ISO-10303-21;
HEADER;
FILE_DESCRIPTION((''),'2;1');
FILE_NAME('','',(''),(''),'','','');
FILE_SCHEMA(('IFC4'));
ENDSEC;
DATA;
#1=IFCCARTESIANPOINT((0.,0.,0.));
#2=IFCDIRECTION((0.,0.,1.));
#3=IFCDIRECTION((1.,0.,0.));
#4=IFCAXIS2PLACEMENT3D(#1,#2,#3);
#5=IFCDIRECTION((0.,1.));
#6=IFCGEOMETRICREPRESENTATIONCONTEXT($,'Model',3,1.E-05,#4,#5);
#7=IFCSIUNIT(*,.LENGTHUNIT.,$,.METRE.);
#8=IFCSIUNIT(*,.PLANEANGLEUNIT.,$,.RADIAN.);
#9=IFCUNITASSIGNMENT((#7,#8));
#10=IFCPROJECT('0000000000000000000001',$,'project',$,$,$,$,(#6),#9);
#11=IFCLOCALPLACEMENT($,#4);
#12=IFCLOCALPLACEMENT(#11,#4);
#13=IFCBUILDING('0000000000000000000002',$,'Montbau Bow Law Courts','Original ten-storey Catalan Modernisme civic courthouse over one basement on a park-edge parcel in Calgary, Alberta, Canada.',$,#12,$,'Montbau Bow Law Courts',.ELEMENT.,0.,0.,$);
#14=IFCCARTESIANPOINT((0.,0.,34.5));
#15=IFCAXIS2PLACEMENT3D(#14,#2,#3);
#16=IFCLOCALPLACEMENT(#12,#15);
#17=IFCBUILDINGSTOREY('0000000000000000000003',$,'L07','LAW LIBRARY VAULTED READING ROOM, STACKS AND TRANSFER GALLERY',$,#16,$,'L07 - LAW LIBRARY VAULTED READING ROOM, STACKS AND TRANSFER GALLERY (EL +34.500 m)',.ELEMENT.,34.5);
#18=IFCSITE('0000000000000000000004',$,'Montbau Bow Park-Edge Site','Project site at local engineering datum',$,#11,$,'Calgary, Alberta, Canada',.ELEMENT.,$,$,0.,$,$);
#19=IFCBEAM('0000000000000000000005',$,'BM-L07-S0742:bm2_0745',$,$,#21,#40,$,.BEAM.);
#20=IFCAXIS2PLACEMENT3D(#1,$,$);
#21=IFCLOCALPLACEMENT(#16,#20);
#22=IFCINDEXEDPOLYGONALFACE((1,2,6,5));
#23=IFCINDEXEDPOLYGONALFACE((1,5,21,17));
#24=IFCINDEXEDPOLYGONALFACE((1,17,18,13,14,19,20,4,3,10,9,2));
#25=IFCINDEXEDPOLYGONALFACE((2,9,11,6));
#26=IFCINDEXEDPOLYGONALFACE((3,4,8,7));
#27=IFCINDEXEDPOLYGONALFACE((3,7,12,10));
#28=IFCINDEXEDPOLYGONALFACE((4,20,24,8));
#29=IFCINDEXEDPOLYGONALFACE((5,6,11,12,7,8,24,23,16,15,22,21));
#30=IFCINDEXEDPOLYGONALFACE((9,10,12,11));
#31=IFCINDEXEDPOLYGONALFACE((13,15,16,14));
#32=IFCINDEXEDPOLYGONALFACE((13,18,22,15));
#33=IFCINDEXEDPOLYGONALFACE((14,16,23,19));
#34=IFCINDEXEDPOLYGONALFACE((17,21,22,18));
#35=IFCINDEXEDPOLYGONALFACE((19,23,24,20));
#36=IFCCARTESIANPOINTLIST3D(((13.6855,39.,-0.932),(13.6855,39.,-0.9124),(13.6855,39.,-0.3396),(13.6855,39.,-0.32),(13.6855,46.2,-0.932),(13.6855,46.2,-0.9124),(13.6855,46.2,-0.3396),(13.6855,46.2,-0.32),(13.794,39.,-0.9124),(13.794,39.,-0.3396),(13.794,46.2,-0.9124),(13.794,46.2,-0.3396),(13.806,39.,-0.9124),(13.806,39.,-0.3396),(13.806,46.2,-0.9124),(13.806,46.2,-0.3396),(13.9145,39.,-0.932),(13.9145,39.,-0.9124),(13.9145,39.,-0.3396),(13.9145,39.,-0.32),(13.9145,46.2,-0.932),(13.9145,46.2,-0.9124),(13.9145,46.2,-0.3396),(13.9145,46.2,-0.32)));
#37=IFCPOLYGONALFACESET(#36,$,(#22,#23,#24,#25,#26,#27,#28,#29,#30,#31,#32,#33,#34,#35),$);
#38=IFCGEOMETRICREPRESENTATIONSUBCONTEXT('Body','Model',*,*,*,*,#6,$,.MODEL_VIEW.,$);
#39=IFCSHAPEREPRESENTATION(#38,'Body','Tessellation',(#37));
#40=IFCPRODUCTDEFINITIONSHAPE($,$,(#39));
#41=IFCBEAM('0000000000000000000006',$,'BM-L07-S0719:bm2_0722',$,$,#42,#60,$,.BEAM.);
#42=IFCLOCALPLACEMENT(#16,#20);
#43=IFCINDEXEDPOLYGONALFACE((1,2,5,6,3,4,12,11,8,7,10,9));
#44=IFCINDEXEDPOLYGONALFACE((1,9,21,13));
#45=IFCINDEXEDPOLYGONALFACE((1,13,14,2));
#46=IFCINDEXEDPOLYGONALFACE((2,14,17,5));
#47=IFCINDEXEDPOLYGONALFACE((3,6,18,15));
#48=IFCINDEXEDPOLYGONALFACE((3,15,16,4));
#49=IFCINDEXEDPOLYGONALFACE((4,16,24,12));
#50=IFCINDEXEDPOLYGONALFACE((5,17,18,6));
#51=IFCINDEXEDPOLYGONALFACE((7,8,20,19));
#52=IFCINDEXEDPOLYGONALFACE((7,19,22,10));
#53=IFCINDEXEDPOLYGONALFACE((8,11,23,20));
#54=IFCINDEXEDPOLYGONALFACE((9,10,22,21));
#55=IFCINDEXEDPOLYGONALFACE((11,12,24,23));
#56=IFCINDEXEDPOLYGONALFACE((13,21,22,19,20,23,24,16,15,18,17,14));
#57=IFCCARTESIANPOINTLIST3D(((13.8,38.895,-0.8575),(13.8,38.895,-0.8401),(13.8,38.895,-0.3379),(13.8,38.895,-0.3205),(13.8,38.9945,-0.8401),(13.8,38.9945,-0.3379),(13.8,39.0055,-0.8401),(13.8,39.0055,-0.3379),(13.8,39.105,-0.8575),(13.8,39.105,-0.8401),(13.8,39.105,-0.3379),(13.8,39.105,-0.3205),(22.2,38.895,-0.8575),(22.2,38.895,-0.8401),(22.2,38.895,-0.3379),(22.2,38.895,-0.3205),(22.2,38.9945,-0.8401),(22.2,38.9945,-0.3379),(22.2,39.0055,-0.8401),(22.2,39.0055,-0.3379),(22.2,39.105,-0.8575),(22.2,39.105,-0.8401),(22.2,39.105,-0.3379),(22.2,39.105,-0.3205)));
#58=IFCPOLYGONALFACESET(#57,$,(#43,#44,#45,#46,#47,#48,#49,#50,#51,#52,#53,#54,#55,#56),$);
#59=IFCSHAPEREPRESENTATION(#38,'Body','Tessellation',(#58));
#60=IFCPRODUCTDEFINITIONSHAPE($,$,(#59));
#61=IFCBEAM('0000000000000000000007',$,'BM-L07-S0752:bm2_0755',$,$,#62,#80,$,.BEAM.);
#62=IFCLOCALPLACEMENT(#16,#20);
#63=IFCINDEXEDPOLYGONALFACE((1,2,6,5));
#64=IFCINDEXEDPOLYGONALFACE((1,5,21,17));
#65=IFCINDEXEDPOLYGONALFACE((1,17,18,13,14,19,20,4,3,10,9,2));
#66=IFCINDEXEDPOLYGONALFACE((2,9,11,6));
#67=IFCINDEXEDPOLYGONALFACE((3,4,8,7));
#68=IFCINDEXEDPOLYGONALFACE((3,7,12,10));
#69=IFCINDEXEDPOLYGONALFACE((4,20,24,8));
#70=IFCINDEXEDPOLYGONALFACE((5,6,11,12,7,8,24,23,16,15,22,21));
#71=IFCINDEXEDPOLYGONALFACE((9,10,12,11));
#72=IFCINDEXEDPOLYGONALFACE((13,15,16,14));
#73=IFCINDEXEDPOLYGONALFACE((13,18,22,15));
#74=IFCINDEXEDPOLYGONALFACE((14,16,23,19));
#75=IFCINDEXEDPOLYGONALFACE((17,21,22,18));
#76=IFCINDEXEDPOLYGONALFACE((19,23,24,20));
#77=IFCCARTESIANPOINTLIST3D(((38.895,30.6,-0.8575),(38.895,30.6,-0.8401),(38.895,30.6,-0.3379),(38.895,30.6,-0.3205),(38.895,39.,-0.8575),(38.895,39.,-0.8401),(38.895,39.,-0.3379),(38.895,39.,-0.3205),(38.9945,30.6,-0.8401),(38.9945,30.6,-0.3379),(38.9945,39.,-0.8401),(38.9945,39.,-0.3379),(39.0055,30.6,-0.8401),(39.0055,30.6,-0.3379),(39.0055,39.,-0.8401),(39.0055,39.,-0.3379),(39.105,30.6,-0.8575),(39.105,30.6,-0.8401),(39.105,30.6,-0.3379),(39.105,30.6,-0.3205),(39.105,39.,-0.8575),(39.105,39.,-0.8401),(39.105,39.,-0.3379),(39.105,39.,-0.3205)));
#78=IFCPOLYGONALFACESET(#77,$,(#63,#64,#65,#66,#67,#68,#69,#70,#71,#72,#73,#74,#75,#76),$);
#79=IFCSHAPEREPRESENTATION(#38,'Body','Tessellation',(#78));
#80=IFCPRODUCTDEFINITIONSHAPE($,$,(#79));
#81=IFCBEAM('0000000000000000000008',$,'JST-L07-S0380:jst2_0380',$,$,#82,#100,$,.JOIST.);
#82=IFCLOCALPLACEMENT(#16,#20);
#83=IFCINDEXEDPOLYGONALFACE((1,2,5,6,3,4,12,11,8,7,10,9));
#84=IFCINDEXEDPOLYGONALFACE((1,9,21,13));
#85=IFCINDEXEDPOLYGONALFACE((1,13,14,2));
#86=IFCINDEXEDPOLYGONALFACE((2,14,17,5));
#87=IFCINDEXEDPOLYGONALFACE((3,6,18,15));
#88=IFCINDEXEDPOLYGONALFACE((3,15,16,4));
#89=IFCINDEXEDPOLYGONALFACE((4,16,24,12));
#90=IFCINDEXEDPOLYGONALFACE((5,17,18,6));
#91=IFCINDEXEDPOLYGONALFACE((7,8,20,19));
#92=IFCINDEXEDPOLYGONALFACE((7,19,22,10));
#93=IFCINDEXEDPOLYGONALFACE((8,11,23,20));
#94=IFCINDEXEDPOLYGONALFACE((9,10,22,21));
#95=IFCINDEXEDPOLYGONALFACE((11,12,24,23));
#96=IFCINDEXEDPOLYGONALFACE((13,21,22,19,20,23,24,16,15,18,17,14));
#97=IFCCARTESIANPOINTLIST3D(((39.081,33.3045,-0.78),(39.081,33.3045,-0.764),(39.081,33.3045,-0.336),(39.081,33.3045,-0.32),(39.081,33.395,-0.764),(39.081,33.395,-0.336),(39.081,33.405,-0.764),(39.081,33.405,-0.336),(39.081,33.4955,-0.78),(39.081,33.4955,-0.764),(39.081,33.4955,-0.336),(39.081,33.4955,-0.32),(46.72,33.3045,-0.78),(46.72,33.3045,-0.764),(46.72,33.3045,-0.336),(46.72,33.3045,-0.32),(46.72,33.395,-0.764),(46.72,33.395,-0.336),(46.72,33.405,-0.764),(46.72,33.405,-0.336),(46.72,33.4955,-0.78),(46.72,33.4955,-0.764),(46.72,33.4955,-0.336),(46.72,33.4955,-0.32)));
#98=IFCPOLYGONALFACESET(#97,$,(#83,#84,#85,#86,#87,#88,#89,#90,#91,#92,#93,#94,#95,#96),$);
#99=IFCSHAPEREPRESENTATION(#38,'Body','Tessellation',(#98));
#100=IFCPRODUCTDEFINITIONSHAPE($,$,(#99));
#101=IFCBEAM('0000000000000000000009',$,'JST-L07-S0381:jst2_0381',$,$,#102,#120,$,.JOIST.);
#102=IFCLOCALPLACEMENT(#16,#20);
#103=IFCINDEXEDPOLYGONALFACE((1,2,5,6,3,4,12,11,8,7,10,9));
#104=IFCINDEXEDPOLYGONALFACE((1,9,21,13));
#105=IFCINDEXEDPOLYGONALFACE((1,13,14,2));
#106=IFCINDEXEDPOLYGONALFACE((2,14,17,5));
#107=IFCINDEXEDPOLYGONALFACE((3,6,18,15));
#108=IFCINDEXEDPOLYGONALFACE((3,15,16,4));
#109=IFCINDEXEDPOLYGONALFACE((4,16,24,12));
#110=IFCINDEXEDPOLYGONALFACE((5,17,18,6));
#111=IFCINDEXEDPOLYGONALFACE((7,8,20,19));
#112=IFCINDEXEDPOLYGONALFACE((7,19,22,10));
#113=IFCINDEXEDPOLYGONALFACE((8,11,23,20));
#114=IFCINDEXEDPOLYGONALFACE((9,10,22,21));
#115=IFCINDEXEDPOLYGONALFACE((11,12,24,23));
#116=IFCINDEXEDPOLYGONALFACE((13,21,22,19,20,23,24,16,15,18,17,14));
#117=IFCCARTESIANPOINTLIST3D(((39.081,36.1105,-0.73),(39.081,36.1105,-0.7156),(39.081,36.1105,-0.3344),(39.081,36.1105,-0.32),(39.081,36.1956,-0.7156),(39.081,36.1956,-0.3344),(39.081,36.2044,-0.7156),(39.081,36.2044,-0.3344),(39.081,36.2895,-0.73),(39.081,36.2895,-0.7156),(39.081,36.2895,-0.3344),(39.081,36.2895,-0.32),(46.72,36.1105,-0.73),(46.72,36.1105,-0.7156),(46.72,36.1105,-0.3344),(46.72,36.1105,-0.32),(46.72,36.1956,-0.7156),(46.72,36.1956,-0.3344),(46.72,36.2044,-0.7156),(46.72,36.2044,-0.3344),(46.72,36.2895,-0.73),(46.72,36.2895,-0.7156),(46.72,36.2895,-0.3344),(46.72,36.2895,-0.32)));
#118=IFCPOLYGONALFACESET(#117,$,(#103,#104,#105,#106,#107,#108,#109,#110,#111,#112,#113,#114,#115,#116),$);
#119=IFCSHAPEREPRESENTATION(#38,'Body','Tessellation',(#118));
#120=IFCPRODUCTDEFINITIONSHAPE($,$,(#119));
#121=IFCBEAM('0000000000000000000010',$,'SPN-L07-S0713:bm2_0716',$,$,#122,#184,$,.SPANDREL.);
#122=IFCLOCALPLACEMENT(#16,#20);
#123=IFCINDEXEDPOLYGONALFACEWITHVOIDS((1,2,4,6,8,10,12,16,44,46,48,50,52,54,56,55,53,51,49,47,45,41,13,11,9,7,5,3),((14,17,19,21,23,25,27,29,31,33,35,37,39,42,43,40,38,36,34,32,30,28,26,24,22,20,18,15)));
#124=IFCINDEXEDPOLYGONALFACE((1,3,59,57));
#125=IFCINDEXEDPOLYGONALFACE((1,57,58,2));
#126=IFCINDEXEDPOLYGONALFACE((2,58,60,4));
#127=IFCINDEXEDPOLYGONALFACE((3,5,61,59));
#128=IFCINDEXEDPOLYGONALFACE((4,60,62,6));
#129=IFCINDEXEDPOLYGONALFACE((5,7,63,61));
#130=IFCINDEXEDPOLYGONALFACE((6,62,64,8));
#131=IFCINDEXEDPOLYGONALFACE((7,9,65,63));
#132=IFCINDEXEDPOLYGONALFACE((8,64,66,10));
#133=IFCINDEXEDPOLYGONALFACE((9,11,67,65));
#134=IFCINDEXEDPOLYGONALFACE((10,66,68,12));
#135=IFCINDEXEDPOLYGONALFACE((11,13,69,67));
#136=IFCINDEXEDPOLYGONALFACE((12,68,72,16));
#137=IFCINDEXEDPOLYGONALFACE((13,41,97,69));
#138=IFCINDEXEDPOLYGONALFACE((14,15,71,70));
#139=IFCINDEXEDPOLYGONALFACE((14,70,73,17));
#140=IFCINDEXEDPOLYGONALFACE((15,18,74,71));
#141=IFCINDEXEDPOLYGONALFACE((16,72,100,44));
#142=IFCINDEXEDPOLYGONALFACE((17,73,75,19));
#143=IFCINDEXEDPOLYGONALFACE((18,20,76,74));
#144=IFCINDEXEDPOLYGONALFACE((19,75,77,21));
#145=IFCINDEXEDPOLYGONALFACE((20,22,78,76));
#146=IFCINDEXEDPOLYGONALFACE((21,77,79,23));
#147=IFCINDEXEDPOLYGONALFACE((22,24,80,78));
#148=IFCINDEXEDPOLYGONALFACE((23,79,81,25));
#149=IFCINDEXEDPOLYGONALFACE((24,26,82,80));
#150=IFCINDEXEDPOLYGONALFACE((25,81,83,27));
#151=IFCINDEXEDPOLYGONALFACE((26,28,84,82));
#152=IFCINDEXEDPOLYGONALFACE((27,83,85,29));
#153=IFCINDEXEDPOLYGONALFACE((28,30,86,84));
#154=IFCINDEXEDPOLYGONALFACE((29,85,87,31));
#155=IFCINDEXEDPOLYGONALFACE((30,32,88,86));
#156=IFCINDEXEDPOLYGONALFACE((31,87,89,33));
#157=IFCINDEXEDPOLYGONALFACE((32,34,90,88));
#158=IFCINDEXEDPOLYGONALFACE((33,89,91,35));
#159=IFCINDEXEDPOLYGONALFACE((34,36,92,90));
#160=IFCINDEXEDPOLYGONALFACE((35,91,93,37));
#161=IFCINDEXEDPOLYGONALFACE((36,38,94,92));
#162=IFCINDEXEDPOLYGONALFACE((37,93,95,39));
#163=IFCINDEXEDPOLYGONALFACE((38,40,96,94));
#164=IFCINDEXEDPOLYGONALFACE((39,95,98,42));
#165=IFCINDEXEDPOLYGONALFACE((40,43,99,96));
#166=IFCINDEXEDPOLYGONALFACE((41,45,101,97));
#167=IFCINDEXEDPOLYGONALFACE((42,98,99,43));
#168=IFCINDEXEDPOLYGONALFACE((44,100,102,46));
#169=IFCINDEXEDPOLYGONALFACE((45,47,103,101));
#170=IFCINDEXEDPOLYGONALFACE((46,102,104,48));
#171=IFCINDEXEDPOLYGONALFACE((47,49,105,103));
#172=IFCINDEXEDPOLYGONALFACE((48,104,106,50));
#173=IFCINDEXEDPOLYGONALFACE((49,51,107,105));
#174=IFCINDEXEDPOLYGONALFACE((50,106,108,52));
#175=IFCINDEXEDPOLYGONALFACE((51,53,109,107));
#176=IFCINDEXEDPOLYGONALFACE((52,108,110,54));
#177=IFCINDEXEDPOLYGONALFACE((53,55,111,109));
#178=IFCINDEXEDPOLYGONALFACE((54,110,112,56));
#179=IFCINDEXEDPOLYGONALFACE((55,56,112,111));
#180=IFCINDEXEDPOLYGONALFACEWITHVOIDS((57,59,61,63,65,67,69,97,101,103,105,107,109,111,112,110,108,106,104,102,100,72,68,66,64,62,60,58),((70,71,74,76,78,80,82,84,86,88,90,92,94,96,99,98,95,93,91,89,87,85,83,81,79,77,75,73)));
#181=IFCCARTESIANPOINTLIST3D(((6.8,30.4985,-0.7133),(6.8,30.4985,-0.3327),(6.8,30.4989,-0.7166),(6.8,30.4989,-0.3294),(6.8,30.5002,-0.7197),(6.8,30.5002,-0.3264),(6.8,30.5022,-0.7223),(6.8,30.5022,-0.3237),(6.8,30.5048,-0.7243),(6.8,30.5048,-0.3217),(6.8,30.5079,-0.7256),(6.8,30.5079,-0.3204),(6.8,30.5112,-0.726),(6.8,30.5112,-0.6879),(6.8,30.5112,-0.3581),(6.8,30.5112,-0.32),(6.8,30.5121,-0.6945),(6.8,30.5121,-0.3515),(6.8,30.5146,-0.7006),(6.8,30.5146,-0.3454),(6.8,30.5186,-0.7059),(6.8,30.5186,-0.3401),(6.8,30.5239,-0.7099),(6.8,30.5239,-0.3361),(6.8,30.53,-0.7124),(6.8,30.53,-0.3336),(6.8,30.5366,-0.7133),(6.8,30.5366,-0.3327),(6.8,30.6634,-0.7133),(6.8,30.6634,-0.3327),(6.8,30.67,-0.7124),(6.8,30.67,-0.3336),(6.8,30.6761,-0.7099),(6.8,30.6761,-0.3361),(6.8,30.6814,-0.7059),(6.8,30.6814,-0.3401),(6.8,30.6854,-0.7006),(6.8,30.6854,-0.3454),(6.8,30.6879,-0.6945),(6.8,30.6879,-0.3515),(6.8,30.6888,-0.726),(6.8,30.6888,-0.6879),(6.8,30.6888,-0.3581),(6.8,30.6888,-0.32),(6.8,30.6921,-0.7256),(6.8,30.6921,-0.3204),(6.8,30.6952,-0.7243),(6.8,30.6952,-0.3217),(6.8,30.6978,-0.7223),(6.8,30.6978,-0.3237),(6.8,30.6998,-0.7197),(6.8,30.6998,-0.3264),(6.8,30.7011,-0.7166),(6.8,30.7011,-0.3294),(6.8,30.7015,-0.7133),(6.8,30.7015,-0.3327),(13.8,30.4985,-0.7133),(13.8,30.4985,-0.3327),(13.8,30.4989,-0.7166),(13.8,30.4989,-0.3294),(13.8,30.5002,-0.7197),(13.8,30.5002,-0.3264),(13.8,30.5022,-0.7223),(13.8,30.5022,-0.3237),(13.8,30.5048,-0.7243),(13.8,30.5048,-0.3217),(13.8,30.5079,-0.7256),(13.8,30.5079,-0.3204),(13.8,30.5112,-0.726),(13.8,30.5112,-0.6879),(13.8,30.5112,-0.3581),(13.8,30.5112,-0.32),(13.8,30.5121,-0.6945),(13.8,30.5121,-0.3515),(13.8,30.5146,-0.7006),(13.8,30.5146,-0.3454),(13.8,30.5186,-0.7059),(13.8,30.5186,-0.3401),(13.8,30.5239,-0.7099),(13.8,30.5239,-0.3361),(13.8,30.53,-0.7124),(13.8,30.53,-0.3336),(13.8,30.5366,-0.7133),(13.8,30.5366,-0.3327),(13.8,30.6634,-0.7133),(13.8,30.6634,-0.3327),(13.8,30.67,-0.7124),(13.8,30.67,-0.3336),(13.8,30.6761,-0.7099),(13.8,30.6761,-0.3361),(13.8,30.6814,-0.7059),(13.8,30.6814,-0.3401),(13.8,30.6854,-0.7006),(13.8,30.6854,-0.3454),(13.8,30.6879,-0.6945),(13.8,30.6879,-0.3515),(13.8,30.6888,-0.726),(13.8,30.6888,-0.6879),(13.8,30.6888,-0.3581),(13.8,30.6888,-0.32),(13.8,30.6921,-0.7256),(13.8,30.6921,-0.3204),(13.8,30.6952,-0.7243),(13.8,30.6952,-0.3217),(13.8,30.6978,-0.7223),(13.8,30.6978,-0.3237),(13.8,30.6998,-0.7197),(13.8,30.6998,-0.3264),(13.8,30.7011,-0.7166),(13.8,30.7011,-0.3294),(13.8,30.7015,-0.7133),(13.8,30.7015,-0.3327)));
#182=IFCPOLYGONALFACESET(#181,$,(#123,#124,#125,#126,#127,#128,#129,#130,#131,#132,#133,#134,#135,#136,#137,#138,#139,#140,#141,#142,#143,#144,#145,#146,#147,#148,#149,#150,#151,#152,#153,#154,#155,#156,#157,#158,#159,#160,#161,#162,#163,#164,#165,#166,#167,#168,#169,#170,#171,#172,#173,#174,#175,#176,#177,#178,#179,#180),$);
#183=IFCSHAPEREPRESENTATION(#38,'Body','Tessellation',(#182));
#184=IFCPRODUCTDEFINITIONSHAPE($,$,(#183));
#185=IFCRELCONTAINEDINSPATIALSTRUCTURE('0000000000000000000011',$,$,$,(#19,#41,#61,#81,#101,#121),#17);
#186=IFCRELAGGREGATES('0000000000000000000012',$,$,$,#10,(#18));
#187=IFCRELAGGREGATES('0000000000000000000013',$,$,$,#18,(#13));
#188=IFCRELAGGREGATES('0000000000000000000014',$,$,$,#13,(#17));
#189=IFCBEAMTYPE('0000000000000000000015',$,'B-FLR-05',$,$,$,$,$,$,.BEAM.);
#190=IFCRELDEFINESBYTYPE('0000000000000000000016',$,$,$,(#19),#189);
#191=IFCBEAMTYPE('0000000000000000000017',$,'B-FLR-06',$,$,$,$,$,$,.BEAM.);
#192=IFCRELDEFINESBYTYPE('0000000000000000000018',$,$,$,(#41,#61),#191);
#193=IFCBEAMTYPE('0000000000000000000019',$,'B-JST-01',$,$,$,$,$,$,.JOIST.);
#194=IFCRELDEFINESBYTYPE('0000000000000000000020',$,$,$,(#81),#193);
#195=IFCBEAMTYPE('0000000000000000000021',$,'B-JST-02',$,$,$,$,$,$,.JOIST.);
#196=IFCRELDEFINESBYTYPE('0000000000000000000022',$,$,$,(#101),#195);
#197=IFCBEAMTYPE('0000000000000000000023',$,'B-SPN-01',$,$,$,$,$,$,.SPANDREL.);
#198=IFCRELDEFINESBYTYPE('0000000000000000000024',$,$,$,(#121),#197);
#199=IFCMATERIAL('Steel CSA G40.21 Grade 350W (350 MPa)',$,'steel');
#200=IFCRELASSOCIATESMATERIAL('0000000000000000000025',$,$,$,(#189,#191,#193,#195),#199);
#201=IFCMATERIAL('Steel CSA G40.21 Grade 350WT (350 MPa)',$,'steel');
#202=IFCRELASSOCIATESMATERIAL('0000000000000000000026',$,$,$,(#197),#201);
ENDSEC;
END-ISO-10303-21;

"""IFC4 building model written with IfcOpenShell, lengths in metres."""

from ifc_helpers import new_model, si_unit, direction, frame, origin_with_axes, origin_2d_with_axis, place, context, subcontext, project, spatial, hollow_rectangle, i_section, extrude, material, material_profile, profile_set, type_object, element, save


model = new_model("IFC4")

# Units and contexts
model_context = context("Model", 3, precision=1e-05, world=origin_with_axes(), true_north=direction((0.0, 1.0)))
body_context = subcontext(model_context, "Body", "Model", "MODEL_VIEW")
ifc_project = project(units=[si_unit("LENGTHUNIT", "METRE"), si_unit("PLANEANGLEUNIT", "RADIAN")], contexts=[model_context])

# Site, building, storey
site_placement = place(None, origin_with_axes())
site = spatial("IfcSite", under=ifc_project, at=site_placement, Name="Montbau Bow Park-Edge Site", Description="Project site at local engineering datum", LongName="Calgary, Alberta, Canada", CompositionType="ELEMENT", RefElevation=0.0)
building_placement = place(site_placement, origin_with_axes())
building = spatial("IfcBuilding", under=site, at=building_placement, Name="Montbau Bow Law Courts", Description="Original ten-storey Catalan Modernisme civic courthouse over one basement on a park-edge parcel in Calgary, Alberta, Canada.", LongName="Montbau Bow Law Courts", CompositionType="ELEMENT", ElevationOfRefHeight=0.0, ElevationOfTerrain=0.0)
storey_placement = place(building_placement, frame((0.0, 0.0, 34.5), z_axis=(0.0, 0.0, 1.0), x_axis=(1.0, 0.0, 0.0)))
storey = spatial("IfcBuildingStorey", under=building, at=storey_placement, Name="L07", Description="LAW LIBRARY VAULTED READING ROOM, STACKS AND TRANSFER GALLERY", LongName="L07 - LAW LIBRARY VAULTED READING ROOM, STACKS AND TRANSFER GALLERY (EL +34.500 m)", CompositionType="ELEMENT", Elevation=34.5)

# Beams
ifc_material_1 = material(Name="Steel CSA G40.21 Grade 350W (350 MPa)", Category="steel")
ifc_material_profile_1 = material_profile(ifc_material_1, i_section(OverallWidth=0.229, OverallDepth=0.612, WebThickness=0.0119, FlangeThickness=0.0196, at=origin_2d_with_axis()), Name="W610X125", Category="Main", Priority=0)
ifc_profile_set_1 = profile_set([ifc_material_profile_1], Name="Steel CSA G40.21 Grade 350W (350 MPa)")
beam_type_1 = type_object("IfcBeamType", Name="B-FLR-05", PredefinedType="BEAM", material=ifc_profile_set_1)
beam_1_placement = place(None, frame((13.8, 39.0, 33.874), z_axis=(0.0, 1.0, 0.0), x_axis=(-1.0, 0.0, 0.0)))
element("IfcBeam", 1, at=beam_1_placement, inside=storey, type_object=beam_type_1, Name="BM-L07-S0742:bm2_0745", PredefinedType="BEAM", context=body_context, shape_type="SweptSolid", body=[
    extrude(i_section(OverallWidth=0.229, OverallDepth=0.612, WebThickness=0.0119, FlangeThickness=0.0196, at=origin_2d_with_axis()), origin_with_axes(), (0.0, 0.0, 1.0), 7.2),
])
ifc_material_profile_2 = material_profile(ifc_material_1, i_section(OverallWidth=0.21, OverallDepth=0.537, WebThickness=0.0109, FlangeThickness=0.0174, at=origin_2d_with_axis()), Name="W530X101", Category="Main", Priority=0)
ifc_profile_set_2 = profile_set([ifc_material_profile_2], Name="Steel CSA G40.21 Grade 350W (350 MPa)")
beam_type_2 = type_object("IfcBeamType", Name="B-FLR-06", PredefinedType="BEAM", material=ifc_profile_set_2)
for number, where, z_axis, x_axis, name in (
    (2, (13.8, 39.0, 33.911), (1.0, 0.0, 0.0), (0.0, 1.0, 0.0), "BM-L07-S0719:bm2_0722"),
    (3, (39.0, 30.6, 33.911), (0.0, 1.0, 0.0), (-1.0, 0.0, 0.0), "BM-L07-S0752:bm2_0755"),
):
    element("IfcBeam", number, at=place(None, frame(where, z_axis=z_axis, x_axis=x_axis)), inside=storey, type_object=beam_type_2, Name=name, PredefinedType="BEAM", context=body_context, shape_type="SweptSolid", body=[
        extrude(i_section(OverallWidth=0.21, OverallDepth=0.537, WebThickness=0.0109, FlangeThickness=0.0174, at=origin_2d_with_axis()), origin_with_axes(), (0.0, 0.0, 1.0), 8.4),
    ])
ifc_material_profile_3 = material_profile(ifc_material_1, i_section(OverallWidth=0.191, OverallDepth=0.46, WebThickness=0.0099, FlangeThickness=0.016, at=origin_2d_with_axis()), Name="W460X82", Category="Main", Priority=0)
ifc_profile_set_3 = profile_set([ifc_material_profile_3], Name="Steel CSA G40.21 Grade 350W (350 MPa)")
beam_type_3 = type_object("IfcBeamType", Name="B-JST-01", PredefinedType="JOIST", material=ifc_profile_set_3)
beam_2_placement = place(None, frame((39.081, 33.4, 33.95), z_axis=(1.0, 0.0, 0.0), x_axis=(0.0, 1.0, 0.0)))
element("IfcBeam", 4, at=beam_2_placement, inside=storey, type_object=beam_type_3, Name="JST-L07-S0380:jst2_0380", PredefinedType="JOIST", context=body_context, shape_type="SweptSolid", body=[
    extrude(i_section(OverallWidth=0.191, OverallDepth=0.46, WebThickness=0.0099, FlangeThickness=0.016, at=origin_2d_with_axis()), origin_with_axes(), (0.0, 0.0, 1.0), 7.639),
])
ifc_material_profile_4 = material_profile(ifc_material_1, i_section(OverallWidth=0.179, OverallDepth=0.41, WebThickness=0.0088, FlangeThickness=0.0144, at=origin_2d_with_axis()), Name="W410X67", Category="Main", Priority=0)
ifc_profile_set_4 = profile_set([ifc_material_profile_4], Name="Steel CSA G40.21 Grade 350W (350 MPa)")
beam_type_4 = type_object("IfcBeamType", Name="B-JST-02", PredefinedType="JOIST", material=ifc_profile_set_4)
beam_3_placement = place(None, frame((39.081, 36.2, 33.975), z_axis=(1.0, 0.0, 0.0), x_axis=(0.0, 1.0, 0.0)))
element("IfcBeam", 5, at=beam_3_placement, inside=storey, type_object=beam_type_4, Name="JST-L07-S0381:jst2_0381", PredefinedType="JOIST", context=body_context, shape_type="SweptSolid", body=[
    extrude(i_section(OverallWidth=0.179, OverallDepth=0.41, WebThickness=0.0088, FlangeThickness=0.0144, at=origin_2d_with_axis()), origin_with_axes(), (0.0, 0.0, 1.0), 7.639),
])
ifc_material_2 = material(Name="Steel CSA G40.21 Grade 350WT (350 MPa)", Category="steel")
ifc_material_profile_5 = material_profile(ifc_material_2, hollow_rectangle(XDim=0.203, YDim=0.406, WallThickness=0.0127, InnerFilletRadius=0.0254, OuterFilletRadius=0.0127, at=origin_2d_with_axis()), Name="HSS406X203X13", Category="Main", Priority=0)
ifc_profile_set_5 = profile_set([ifc_material_profile_5], Name="Steel CSA G40.21 Grade 350WT (350 MPa)")
beam_type_5 = type_object("IfcBeamType", Name="B-SPN-01", PredefinedType="SPANDREL", material=ifc_profile_set_5)
beam_4_placement = place(None, frame((6.8, 30.6, 33.977), z_axis=(1.0, 0.0, 0.0), x_axis=(0.0, 1.0, 0.0)))
element("IfcBeam", 6, at=beam_4_placement, inside=storey, type_object=beam_type_5, Name="SPN-L07-S0713:bm2_0716", PredefinedType="SPANDREL", context=body_context, shape_type="SweptSolid", body=[
    extrude(hollow_rectangle(XDim=0.203, YDim=0.406, WallThickness=0.0127, InnerFilletRadius=0.0254, OuterFilletRadius=0.0127, at=origin_2d_with_axis()), origin_with_axes(), (0.0, 0.0, 1.0), 7.0),
])

save(model, "model.ifc")
